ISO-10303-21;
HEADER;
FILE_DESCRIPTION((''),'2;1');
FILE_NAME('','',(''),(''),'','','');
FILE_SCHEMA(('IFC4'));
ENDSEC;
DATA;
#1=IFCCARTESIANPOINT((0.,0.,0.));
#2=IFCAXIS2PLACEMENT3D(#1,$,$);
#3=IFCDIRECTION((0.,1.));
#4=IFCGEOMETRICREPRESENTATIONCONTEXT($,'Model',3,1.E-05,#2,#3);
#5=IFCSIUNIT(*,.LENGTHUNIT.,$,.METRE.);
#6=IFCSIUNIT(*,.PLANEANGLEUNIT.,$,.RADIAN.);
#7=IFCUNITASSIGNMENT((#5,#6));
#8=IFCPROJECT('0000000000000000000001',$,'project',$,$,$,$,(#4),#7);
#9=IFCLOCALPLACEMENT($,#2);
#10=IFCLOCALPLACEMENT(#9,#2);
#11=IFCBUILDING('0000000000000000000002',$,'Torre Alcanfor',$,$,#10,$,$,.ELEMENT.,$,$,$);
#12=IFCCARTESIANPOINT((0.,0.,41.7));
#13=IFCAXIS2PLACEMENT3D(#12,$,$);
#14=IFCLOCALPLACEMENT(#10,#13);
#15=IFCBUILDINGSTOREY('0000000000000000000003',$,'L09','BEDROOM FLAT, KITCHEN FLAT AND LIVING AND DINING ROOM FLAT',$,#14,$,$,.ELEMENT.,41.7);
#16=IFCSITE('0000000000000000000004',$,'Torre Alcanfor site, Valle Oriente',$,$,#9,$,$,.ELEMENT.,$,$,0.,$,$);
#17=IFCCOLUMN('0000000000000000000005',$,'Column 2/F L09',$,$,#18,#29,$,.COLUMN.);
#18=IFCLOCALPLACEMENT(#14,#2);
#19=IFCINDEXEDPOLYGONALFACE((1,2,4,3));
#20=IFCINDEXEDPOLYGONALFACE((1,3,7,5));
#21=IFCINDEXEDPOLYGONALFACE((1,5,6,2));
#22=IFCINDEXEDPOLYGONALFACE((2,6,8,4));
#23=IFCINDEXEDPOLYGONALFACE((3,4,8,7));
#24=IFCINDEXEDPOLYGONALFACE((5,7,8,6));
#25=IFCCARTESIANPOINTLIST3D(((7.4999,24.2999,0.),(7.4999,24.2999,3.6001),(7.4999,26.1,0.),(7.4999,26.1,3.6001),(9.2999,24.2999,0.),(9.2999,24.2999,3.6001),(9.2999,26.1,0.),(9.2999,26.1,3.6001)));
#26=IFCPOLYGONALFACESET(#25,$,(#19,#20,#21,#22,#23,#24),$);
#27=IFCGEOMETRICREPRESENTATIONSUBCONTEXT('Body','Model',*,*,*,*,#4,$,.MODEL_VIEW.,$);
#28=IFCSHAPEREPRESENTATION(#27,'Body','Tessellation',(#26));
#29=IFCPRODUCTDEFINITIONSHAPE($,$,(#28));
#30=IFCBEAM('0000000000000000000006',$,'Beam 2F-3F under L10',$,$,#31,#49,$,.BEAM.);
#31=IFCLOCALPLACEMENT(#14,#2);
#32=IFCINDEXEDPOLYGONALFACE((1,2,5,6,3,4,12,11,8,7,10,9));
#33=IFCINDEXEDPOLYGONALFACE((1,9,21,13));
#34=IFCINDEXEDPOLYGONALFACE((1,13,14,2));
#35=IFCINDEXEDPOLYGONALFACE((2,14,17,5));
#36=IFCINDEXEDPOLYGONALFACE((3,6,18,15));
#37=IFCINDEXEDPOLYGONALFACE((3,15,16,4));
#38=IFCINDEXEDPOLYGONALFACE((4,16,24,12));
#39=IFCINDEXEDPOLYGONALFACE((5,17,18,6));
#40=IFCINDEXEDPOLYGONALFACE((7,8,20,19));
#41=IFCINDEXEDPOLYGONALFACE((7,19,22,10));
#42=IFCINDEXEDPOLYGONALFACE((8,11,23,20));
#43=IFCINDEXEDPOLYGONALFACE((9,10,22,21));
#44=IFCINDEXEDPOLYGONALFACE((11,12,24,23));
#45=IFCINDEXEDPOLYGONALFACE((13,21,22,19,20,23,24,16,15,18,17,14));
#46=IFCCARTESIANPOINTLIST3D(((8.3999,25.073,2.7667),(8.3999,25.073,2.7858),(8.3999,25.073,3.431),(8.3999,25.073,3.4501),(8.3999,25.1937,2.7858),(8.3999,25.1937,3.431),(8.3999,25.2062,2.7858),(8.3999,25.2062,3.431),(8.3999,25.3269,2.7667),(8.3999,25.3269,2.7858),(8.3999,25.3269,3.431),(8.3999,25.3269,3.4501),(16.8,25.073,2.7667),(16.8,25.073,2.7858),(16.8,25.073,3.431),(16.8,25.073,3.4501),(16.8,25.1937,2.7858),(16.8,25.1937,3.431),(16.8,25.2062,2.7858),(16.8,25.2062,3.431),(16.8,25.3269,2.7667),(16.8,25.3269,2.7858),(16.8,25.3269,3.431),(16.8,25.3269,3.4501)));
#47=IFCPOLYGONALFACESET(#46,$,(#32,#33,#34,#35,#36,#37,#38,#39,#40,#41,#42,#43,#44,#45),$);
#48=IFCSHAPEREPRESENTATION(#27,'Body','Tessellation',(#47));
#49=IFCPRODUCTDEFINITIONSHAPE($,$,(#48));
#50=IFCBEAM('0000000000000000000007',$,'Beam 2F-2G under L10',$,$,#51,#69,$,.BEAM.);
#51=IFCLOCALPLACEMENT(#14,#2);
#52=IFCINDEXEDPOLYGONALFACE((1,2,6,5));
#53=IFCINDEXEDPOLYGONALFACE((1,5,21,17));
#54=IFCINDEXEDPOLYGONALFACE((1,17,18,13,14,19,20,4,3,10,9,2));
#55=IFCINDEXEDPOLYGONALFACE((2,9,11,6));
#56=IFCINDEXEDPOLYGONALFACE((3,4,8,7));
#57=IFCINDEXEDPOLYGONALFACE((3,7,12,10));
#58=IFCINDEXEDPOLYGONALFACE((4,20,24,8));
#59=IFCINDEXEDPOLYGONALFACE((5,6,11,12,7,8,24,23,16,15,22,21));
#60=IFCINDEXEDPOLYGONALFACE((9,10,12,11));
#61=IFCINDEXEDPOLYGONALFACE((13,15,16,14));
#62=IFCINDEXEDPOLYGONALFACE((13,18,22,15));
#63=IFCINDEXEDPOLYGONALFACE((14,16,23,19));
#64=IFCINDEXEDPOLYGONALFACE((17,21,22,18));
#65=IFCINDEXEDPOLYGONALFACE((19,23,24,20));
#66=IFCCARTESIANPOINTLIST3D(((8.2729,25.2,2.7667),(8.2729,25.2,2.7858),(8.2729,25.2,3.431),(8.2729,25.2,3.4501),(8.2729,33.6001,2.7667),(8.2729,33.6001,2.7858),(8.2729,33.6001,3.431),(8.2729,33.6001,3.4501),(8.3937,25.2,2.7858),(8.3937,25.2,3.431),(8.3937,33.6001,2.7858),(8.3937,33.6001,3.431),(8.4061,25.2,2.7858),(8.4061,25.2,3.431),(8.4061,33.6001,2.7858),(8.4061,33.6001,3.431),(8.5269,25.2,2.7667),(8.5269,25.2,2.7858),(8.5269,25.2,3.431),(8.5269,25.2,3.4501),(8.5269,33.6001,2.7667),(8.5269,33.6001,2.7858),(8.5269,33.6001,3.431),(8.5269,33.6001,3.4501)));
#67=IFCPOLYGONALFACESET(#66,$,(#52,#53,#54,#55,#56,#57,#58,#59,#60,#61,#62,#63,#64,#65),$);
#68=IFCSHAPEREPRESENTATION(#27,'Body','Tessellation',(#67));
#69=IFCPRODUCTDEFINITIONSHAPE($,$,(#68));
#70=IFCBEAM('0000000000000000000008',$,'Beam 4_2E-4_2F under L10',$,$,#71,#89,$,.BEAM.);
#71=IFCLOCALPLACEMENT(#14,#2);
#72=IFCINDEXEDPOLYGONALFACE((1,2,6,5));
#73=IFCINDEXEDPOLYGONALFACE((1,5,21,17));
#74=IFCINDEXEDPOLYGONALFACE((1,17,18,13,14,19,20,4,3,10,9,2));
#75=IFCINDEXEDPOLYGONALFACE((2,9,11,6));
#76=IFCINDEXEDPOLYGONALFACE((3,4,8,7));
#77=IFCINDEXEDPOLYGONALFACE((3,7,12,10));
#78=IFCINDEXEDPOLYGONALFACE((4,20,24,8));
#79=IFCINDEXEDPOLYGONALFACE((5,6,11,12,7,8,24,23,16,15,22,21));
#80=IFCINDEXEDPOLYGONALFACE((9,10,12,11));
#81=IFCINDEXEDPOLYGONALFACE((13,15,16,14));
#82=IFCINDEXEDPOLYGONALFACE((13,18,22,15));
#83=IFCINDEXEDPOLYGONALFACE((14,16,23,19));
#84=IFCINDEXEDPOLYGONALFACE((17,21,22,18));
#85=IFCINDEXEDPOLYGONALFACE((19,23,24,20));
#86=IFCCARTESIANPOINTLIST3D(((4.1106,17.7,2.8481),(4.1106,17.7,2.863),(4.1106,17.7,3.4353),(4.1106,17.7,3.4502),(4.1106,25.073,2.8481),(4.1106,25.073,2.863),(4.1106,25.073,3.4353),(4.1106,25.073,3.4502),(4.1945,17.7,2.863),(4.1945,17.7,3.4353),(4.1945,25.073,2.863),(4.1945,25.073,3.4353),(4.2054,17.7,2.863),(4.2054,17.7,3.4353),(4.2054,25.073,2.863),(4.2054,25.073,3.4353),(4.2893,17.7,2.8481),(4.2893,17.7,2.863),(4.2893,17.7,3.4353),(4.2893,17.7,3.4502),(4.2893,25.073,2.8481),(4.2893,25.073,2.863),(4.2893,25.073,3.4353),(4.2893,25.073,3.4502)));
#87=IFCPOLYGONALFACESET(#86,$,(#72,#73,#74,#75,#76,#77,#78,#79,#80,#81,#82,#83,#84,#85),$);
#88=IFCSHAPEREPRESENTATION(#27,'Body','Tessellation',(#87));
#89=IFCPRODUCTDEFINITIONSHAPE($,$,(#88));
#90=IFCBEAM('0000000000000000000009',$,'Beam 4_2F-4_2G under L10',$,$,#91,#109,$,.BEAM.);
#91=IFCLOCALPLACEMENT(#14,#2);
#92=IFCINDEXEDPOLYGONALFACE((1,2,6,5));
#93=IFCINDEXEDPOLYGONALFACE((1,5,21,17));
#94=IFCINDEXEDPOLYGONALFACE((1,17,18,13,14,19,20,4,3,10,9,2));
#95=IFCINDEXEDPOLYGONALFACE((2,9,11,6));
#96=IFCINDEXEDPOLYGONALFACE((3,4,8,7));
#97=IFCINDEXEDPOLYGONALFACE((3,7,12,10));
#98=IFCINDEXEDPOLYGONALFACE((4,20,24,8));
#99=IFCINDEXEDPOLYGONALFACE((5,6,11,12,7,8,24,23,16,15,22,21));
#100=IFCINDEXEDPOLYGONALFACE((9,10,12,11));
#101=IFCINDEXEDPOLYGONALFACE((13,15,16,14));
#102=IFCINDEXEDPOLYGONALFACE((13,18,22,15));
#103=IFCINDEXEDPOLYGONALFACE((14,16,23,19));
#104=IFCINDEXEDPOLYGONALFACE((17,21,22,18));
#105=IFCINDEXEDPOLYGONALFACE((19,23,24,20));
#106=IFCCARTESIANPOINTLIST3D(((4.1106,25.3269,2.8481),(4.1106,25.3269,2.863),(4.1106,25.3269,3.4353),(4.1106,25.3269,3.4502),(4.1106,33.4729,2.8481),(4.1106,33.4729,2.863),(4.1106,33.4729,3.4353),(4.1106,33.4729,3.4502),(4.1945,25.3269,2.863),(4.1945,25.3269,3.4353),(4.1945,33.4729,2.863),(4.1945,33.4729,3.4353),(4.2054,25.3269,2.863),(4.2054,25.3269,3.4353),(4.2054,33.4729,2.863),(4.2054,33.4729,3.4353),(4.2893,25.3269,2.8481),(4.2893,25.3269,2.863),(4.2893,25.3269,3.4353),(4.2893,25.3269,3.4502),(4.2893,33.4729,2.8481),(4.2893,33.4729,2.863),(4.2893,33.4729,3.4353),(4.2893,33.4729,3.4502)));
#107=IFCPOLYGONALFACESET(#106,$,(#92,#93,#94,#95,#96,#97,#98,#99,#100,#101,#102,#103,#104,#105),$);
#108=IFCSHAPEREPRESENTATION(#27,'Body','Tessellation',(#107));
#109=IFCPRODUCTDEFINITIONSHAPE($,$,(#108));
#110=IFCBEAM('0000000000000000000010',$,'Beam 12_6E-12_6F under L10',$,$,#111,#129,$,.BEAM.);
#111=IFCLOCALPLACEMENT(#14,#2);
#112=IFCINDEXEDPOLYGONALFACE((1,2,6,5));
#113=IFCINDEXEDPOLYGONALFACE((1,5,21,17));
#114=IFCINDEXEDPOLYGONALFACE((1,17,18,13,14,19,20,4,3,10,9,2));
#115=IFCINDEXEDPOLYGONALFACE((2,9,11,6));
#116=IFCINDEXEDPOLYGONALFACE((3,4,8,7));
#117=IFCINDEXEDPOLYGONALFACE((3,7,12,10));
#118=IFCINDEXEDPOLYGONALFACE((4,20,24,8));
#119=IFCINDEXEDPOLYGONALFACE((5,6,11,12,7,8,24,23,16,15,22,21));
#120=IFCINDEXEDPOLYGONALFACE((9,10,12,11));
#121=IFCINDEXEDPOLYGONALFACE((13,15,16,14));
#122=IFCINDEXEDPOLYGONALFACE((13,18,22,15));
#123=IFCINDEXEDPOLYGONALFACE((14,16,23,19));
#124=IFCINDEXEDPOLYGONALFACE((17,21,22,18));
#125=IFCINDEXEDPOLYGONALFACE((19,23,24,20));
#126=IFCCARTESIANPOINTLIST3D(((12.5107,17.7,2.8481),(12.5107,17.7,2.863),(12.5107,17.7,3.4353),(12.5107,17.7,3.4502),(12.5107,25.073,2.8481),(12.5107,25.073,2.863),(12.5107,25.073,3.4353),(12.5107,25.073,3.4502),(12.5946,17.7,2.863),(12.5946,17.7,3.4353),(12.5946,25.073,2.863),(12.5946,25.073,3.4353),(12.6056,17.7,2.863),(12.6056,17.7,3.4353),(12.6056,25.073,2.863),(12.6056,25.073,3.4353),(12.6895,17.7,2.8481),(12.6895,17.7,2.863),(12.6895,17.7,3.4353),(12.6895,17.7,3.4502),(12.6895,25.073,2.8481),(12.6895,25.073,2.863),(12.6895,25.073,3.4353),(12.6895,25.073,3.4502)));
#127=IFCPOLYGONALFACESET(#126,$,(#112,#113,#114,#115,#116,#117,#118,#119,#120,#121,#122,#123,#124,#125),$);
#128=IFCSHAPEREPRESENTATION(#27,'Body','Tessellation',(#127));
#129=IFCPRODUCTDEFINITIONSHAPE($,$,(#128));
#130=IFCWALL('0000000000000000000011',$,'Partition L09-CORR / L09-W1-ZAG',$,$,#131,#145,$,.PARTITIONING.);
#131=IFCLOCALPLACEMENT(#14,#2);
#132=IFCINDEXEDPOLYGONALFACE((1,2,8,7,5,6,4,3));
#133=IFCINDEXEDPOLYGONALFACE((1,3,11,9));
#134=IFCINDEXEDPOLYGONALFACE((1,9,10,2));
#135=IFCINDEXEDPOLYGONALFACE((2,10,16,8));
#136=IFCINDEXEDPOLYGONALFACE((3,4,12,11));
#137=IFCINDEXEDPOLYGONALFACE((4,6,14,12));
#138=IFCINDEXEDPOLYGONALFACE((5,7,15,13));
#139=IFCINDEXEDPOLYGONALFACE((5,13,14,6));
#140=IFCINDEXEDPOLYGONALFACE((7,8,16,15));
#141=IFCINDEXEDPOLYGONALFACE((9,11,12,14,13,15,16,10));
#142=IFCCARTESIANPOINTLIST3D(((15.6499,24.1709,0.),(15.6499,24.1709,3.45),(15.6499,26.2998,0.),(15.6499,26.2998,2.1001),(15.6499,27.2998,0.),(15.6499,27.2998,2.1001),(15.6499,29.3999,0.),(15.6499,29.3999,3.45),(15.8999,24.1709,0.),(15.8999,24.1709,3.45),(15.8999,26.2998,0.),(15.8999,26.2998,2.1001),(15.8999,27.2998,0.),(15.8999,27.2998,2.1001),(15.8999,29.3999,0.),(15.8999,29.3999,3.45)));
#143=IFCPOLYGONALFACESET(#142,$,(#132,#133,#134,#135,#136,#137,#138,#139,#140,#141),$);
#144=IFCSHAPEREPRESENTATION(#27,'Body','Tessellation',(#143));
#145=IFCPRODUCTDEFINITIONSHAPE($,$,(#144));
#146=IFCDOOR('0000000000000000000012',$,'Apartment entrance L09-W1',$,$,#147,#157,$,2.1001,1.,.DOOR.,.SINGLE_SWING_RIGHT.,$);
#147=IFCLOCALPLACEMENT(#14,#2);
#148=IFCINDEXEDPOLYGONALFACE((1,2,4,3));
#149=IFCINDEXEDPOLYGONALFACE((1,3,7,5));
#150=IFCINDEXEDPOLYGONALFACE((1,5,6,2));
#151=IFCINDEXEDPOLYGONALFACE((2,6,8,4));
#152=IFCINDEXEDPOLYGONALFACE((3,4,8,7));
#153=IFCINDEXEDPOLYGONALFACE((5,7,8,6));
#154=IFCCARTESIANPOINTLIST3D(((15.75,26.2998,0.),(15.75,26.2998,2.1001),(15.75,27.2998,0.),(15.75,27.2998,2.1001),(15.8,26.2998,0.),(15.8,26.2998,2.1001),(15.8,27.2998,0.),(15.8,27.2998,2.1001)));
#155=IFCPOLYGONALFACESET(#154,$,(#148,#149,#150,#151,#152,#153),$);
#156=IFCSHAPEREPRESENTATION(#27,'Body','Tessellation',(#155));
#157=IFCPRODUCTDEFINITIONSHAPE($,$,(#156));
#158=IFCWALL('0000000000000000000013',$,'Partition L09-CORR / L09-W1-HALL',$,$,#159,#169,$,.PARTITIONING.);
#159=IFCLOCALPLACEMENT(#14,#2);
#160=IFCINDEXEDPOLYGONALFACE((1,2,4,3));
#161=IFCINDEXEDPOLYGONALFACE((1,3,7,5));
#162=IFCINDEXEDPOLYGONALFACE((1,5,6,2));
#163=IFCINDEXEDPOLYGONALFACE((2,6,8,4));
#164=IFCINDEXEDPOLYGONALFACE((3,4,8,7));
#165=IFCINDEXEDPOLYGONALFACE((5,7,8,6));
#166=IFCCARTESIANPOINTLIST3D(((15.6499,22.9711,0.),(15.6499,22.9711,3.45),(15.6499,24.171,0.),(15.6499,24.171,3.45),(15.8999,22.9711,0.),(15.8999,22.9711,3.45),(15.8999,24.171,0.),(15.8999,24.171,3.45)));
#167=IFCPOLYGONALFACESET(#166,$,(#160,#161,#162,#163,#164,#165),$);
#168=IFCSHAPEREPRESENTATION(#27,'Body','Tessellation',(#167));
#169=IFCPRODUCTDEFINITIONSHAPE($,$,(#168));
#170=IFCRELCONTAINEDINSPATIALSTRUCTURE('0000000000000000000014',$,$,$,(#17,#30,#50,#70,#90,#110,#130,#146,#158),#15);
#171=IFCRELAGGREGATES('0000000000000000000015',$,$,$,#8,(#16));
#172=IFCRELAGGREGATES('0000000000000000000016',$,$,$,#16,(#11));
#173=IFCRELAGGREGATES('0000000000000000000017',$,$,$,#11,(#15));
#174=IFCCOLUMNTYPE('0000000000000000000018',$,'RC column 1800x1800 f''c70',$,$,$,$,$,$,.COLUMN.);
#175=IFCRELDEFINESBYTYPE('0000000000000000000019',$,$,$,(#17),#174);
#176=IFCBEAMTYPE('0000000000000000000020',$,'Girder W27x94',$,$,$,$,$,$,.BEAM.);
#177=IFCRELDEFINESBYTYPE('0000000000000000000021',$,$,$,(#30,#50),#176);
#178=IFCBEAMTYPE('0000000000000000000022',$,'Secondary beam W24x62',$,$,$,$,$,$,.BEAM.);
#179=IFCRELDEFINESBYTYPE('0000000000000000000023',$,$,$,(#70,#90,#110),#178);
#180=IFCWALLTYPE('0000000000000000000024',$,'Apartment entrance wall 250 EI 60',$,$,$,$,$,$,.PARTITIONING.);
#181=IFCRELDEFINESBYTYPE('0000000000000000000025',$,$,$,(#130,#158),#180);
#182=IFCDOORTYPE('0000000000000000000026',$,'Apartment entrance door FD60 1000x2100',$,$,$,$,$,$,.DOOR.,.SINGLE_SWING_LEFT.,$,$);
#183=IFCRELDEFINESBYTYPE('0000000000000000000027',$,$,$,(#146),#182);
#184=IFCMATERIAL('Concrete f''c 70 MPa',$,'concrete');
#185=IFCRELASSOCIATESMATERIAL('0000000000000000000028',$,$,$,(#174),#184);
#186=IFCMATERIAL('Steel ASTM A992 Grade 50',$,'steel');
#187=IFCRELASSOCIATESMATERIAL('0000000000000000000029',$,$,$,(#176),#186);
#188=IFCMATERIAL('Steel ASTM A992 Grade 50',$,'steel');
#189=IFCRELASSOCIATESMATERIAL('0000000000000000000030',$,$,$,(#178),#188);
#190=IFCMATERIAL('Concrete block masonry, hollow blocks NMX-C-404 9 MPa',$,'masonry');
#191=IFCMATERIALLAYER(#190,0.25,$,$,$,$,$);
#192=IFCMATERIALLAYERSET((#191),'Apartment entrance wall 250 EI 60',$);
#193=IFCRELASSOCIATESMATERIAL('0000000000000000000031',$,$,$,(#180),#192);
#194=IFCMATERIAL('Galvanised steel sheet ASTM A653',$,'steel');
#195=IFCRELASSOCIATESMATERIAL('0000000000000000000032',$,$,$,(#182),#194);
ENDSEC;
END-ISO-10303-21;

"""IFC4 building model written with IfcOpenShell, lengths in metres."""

from ifc_helpers import new_model, si_unit, direction, frame, frame_2d, origin, origin_2d, place, context, subcontext, project, spatial, rectangle, i_section, extrude, material, layer, layer_set, material_profile, profile_set, type_object, element, fill, save


model = new_model("IFC4")

# Units and contexts
model_context = context("Model", 3, precision=1e-05, world=origin(), true_north=direction((0.0, 1.0)))
body_context = subcontext(model_context, "Body", "Model", "MODEL_VIEW")
ifc_project = project(units=[si_unit("LENGTHUNIT", "METRE"), si_unit("PLANEANGLEUNIT", "RADIAN")], contexts=[model_context])

# Site, building, storey
site_placement = place(None, origin())
site = spatial("IfcSite", under=ifc_project, at=site_placement, Name="Torre Alcanfor site, Valle Oriente", CompositionType="ELEMENT", RefElevation=0.0)
building_placement = place(site_placement, origin())
building = spatial("IfcBuilding", under=site, at=building_placement, Name="Torre Alcanfor", CompositionType="ELEMENT")
storey_placement = place(building_placement, frame((0.0, 0.0, 41.7)))
storey = spatial("IfcBuildingStorey", under=building, at=storey_placement, Name="L09", Description="BEDROOM FLAT, KITCHEN FLAT AND LIVING AND DINING ROOM FLAT", CompositionType="ELEMENT", Elevation=41.7)

# Column
ifc_material_1 = material(Name="Concrete f'c 70 MPa", Category="concrete")
ifc_material_profile_1 = material_profile(ifc_material_1, rectangle(XDim=1.8, YDim=1.8, at=origin_2d()), Name="1800x1800")
ifc_profile_set_1 = profile_set([ifc_material_profile_1], Name="Concrete f'c 70 MPa")
column_type = type_object("IfcColumnType", Name="RC column 1800x1800 f'c70", PredefinedType="COLUMN", material=ifc_profile_set_1)
column_placement = place(storey_placement, frame((8.3999, 25.2, 0.0), z_axis=(0.0, 0.0, 1.0), x_axis=(1.0, 0.0, 0.0)))
element("IfcColumn", 1, at=column_placement, inside=storey, type_object=column_type, Name="Column 2/F L09", PredefinedType="COLUMN", context=body_context, shape_type="SweptSolid", body=[
    extrude(rectangle(XDim=1.8, YDim=1.8, at=origin_2d()), origin(), (0.0, 0.0, 1.0), 3.6001),
])

# Beams
ifc_material_2 = material(Name="Steel ASTM A992 Grade 50", Category="steel")
ifc_material_profile_2 = material_profile(ifc_material_2, i_section(OverallWidth=0.2539, OverallDepth=0.6833, WebThickness=0.0125, FlangeThickness=0.019, at=origin_2d()), Name="W27x94")
ifc_profile_set_2 = profile_set([ifc_material_profile_2], Name="Steel ASTM A992 Grade 50")
beam_type_1 = type_object("IfcBeamType", Name="Girder W27x94", PredefinedType="BEAM", material=ifc_profile_set_2)
for number, where, z_axis, x_axis, name in (
    (2, (8.3999, 25.2, 3.1084), (1.0, 0.0, 0.0), (0.0, 1.0, 0.0), "Beam 2F-3F under L10"),
    (3, (8.3999, 25.2, 3.1084), (0.0, 1.0, 0.0), (-1.0, 0.0, 0.0), "Beam 2F-2G under L10"),
):
    element("IfcBeam", number, at=place(storey_placement, frame(where, z_axis=z_axis, x_axis=x_axis)), inside=storey, type_object=beam_type_1, Name=name, PredefinedType="BEAM", context=body_context, shape_type="SweptSolid", body=[
        extrude(i_section(OverallWidth=0.2539, OverallDepth=0.6833, WebThickness=0.0125, FlangeThickness=0.019, at=origin_2d()), origin(), (0.0, 0.0, 1.0), 8.4001),
    ])
ifc_material_3 = material(Name="Steel ASTM A992 Grade 50", Category="steel")
ifc_material_profile_3 = material_profile(ifc_material_3, i_section(OverallWidth=0.1787, OverallDepth=0.6021, WebThickness=0.011, FlangeThickness=0.0149, at=origin_2d()), Name="W24x62")
ifc_profile_set_3 = profile_set([ifc_material_profile_3], Name="Steel ASTM A992 Grade 50")
beam_type_2 = type_object("IfcBeamType", Name="Secondary beam W24x62", PredefinedType="BEAM", material=ifc_profile_set_3)
beam_1_placement = place(storey_placement, frame((4.2, 17.7, 3.1492), z_axis=(0.0, 1.0, 0.0), x_axis=(-1.0, 0.0, 0.0)))
element("IfcBeam", 4, at=beam_1_placement, inside=storey, type_object=beam_type_2, Name="Beam 4_2E-4_2F under L10", PredefinedType="BEAM", context=body_context, shape_type="SweptSolid", body=[
    extrude(i_section(OverallWidth=0.1787, OverallDepth=0.6021, WebThickness=0.011, FlangeThickness=0.0149, at=origin_2d()), origin(), (0.0, 0.0, 1.0), 7.373),
])
beam_2_placement = place(storey_placement, frame((4.2, 25.3269, 3.1492), z_axis=(0.0, 1.0, 0.0), x_axis=(-1.0, 0.0, 0.0)))
element("IfcBeam", 5, at=beam_2_placement, inside=storey, type_object=beam_type_2, Name="Beam 4_2F-4_2G under L10", PredefinedType="BEAM", context=body_context, shape_type="SweptSolid", body=[
    extrude(i_section(OverallWidth=0.1787, OverallDepth=0.6021, WebThickness=0.011, FlangeThickness=0.0149, at=origin_2d()), origin(), (0.0, 0.0, 1.0), 8.146),
])
beam_3_placement = place(storey_placement, frame((12.6001, 17.7, 3.1492), z_axis=(0.0, 1.0, 0.0), x_axis=(-1.0, 0.0, 0.0)))
element("IfcBeam", 6, at=beam_3_placement, inside=storey, type_object=beam_type_2, Name="Beam 12_6E-12_6F under L10", PredefinedType="BEAM", context=body_context, shape_type="SweptSolid", body=[
    extrude(i_section(OverallWidth=0.1787, OverallDepth=0.6021, WebThickness=0.011, FlangeThickness=0.0149, at=origin_2d()), origin(), (0.0, 0.0, 1.0), 7.373),
])

# Wall, opening, door
ifc_material_4 = material(Name="Concrete block masonry, hollow blocks NMX-C-404 9 MPa", Category="masonry")
ifc_layer_1 = layer(ifc_material_4, 0.25)
ifc_layer_set_1 = layer_set([ifc_layer_1], Name="Apartment entrance wall 250 EI 60")
wall_type_1 = type_object("IfcWallType", Name="Apartment entrance wall 250 EI 60", PredefinedType="PARTITIONING", material=ifc_layer_set_1)
wall_1_placement = place(storey_placement, frame((15.7749, 24.1709, 0.0), z_axis=(0.0, 0.0, 1.0), x_axis=(0.0, 1.0, 0.0)))
wall_1 = element("IfcWall", 7, at=wall_1_placement, inside=storey, type_object=wall_type_1, Name="Partition L09-CORR / L09-W1-ZAG", PredefinedType="PARTITIONING", context=body_context, shape_type="SweptSolid", body=[
    extrude(rectangle(XDim=5.229, YDim=0.25, at=frame_2d((2.6145, 0.0))), origin(), (0.0, 0.0, 1.0), 3.45),
])
opening_1_placement = place(wall_1_placement, frame((2.1289, 0.0, 0.0)))
opening_1 = element("IfcOpeningElement", 8, at=opening_1_placement, cuts=wall_1, PredefinedType="OPENING", context=body_context, shape_type="SweptSolid", body=[
    extrude(rectangle(XDim=1.0, YDim=2.1001, at=frame_2d((0.5, 1.05))), frame((0.0, 0.135, 0.0), z_axis=(0.0, -1.0, 0.0), x_axis=(1.0, 0.0, 0.0)), (0.0, 0.0, 1.0), 0.27),
])
ifc_material_5 = material(Name="Galvanised steel sheet ASTM A653", Category="steel")
door_type_1 = type_object("IfcDoorType", Name="Apartment entrance door FD60 1000x2100", OperationType="SINGLE_SWING_LEFT", PredefinedType="DOOR", material=ifc_material_5)
door_1_placement = place(opening_1_placement, origin())
door_1 = element("IfcDoor", 9, at=door_1_placement, inside=storey, type_object=door_type_1, Name="Apartment entrance L09-W1", OperationType="SINGLE_SWING_RIGHT", OverallHeight=2.1001, OverallWidth=1.0, PredefinedType="DOOR", context=body_context, shape_type="SweptSolid", body=[
    extrude(rectangle(XDim=1.0, YDim=2.1001, at=frame_2d((0.5, 1.05))), frame((0.0, 0.0249, 0.0), z_axis=(0.0, -1.0, 0.0), x_axis=(1.0, 0.0, 0.0)), (0.0, 0.0, 1.0), 0.05),
])
fill(opening_1, door_1)

# Wall
wall_2_placement = place(storey_placement, frame((15.7749, 22.9709, 0.0), z_axis=(0.0, 0.0, 1.0), x_axis=(0.0, 1.0, 0.0)))
element("IfcWall", 10, at=wall_2_placement, inside=storey, type_object=wall_type_1, Name="Partition L09-CORR / L09-W1-HALL", PredefinedType="PARTITIONING", context=body_context, shape_type="SweptSolid", body=[
    extrude(rectangle(XDim=1.2, YDim=0.25, at=frame_2d((0.6001, 0.0))), origin(), (0.0, 0.0, 1.0), 3.45),
])

save(model, "model.ifc")
